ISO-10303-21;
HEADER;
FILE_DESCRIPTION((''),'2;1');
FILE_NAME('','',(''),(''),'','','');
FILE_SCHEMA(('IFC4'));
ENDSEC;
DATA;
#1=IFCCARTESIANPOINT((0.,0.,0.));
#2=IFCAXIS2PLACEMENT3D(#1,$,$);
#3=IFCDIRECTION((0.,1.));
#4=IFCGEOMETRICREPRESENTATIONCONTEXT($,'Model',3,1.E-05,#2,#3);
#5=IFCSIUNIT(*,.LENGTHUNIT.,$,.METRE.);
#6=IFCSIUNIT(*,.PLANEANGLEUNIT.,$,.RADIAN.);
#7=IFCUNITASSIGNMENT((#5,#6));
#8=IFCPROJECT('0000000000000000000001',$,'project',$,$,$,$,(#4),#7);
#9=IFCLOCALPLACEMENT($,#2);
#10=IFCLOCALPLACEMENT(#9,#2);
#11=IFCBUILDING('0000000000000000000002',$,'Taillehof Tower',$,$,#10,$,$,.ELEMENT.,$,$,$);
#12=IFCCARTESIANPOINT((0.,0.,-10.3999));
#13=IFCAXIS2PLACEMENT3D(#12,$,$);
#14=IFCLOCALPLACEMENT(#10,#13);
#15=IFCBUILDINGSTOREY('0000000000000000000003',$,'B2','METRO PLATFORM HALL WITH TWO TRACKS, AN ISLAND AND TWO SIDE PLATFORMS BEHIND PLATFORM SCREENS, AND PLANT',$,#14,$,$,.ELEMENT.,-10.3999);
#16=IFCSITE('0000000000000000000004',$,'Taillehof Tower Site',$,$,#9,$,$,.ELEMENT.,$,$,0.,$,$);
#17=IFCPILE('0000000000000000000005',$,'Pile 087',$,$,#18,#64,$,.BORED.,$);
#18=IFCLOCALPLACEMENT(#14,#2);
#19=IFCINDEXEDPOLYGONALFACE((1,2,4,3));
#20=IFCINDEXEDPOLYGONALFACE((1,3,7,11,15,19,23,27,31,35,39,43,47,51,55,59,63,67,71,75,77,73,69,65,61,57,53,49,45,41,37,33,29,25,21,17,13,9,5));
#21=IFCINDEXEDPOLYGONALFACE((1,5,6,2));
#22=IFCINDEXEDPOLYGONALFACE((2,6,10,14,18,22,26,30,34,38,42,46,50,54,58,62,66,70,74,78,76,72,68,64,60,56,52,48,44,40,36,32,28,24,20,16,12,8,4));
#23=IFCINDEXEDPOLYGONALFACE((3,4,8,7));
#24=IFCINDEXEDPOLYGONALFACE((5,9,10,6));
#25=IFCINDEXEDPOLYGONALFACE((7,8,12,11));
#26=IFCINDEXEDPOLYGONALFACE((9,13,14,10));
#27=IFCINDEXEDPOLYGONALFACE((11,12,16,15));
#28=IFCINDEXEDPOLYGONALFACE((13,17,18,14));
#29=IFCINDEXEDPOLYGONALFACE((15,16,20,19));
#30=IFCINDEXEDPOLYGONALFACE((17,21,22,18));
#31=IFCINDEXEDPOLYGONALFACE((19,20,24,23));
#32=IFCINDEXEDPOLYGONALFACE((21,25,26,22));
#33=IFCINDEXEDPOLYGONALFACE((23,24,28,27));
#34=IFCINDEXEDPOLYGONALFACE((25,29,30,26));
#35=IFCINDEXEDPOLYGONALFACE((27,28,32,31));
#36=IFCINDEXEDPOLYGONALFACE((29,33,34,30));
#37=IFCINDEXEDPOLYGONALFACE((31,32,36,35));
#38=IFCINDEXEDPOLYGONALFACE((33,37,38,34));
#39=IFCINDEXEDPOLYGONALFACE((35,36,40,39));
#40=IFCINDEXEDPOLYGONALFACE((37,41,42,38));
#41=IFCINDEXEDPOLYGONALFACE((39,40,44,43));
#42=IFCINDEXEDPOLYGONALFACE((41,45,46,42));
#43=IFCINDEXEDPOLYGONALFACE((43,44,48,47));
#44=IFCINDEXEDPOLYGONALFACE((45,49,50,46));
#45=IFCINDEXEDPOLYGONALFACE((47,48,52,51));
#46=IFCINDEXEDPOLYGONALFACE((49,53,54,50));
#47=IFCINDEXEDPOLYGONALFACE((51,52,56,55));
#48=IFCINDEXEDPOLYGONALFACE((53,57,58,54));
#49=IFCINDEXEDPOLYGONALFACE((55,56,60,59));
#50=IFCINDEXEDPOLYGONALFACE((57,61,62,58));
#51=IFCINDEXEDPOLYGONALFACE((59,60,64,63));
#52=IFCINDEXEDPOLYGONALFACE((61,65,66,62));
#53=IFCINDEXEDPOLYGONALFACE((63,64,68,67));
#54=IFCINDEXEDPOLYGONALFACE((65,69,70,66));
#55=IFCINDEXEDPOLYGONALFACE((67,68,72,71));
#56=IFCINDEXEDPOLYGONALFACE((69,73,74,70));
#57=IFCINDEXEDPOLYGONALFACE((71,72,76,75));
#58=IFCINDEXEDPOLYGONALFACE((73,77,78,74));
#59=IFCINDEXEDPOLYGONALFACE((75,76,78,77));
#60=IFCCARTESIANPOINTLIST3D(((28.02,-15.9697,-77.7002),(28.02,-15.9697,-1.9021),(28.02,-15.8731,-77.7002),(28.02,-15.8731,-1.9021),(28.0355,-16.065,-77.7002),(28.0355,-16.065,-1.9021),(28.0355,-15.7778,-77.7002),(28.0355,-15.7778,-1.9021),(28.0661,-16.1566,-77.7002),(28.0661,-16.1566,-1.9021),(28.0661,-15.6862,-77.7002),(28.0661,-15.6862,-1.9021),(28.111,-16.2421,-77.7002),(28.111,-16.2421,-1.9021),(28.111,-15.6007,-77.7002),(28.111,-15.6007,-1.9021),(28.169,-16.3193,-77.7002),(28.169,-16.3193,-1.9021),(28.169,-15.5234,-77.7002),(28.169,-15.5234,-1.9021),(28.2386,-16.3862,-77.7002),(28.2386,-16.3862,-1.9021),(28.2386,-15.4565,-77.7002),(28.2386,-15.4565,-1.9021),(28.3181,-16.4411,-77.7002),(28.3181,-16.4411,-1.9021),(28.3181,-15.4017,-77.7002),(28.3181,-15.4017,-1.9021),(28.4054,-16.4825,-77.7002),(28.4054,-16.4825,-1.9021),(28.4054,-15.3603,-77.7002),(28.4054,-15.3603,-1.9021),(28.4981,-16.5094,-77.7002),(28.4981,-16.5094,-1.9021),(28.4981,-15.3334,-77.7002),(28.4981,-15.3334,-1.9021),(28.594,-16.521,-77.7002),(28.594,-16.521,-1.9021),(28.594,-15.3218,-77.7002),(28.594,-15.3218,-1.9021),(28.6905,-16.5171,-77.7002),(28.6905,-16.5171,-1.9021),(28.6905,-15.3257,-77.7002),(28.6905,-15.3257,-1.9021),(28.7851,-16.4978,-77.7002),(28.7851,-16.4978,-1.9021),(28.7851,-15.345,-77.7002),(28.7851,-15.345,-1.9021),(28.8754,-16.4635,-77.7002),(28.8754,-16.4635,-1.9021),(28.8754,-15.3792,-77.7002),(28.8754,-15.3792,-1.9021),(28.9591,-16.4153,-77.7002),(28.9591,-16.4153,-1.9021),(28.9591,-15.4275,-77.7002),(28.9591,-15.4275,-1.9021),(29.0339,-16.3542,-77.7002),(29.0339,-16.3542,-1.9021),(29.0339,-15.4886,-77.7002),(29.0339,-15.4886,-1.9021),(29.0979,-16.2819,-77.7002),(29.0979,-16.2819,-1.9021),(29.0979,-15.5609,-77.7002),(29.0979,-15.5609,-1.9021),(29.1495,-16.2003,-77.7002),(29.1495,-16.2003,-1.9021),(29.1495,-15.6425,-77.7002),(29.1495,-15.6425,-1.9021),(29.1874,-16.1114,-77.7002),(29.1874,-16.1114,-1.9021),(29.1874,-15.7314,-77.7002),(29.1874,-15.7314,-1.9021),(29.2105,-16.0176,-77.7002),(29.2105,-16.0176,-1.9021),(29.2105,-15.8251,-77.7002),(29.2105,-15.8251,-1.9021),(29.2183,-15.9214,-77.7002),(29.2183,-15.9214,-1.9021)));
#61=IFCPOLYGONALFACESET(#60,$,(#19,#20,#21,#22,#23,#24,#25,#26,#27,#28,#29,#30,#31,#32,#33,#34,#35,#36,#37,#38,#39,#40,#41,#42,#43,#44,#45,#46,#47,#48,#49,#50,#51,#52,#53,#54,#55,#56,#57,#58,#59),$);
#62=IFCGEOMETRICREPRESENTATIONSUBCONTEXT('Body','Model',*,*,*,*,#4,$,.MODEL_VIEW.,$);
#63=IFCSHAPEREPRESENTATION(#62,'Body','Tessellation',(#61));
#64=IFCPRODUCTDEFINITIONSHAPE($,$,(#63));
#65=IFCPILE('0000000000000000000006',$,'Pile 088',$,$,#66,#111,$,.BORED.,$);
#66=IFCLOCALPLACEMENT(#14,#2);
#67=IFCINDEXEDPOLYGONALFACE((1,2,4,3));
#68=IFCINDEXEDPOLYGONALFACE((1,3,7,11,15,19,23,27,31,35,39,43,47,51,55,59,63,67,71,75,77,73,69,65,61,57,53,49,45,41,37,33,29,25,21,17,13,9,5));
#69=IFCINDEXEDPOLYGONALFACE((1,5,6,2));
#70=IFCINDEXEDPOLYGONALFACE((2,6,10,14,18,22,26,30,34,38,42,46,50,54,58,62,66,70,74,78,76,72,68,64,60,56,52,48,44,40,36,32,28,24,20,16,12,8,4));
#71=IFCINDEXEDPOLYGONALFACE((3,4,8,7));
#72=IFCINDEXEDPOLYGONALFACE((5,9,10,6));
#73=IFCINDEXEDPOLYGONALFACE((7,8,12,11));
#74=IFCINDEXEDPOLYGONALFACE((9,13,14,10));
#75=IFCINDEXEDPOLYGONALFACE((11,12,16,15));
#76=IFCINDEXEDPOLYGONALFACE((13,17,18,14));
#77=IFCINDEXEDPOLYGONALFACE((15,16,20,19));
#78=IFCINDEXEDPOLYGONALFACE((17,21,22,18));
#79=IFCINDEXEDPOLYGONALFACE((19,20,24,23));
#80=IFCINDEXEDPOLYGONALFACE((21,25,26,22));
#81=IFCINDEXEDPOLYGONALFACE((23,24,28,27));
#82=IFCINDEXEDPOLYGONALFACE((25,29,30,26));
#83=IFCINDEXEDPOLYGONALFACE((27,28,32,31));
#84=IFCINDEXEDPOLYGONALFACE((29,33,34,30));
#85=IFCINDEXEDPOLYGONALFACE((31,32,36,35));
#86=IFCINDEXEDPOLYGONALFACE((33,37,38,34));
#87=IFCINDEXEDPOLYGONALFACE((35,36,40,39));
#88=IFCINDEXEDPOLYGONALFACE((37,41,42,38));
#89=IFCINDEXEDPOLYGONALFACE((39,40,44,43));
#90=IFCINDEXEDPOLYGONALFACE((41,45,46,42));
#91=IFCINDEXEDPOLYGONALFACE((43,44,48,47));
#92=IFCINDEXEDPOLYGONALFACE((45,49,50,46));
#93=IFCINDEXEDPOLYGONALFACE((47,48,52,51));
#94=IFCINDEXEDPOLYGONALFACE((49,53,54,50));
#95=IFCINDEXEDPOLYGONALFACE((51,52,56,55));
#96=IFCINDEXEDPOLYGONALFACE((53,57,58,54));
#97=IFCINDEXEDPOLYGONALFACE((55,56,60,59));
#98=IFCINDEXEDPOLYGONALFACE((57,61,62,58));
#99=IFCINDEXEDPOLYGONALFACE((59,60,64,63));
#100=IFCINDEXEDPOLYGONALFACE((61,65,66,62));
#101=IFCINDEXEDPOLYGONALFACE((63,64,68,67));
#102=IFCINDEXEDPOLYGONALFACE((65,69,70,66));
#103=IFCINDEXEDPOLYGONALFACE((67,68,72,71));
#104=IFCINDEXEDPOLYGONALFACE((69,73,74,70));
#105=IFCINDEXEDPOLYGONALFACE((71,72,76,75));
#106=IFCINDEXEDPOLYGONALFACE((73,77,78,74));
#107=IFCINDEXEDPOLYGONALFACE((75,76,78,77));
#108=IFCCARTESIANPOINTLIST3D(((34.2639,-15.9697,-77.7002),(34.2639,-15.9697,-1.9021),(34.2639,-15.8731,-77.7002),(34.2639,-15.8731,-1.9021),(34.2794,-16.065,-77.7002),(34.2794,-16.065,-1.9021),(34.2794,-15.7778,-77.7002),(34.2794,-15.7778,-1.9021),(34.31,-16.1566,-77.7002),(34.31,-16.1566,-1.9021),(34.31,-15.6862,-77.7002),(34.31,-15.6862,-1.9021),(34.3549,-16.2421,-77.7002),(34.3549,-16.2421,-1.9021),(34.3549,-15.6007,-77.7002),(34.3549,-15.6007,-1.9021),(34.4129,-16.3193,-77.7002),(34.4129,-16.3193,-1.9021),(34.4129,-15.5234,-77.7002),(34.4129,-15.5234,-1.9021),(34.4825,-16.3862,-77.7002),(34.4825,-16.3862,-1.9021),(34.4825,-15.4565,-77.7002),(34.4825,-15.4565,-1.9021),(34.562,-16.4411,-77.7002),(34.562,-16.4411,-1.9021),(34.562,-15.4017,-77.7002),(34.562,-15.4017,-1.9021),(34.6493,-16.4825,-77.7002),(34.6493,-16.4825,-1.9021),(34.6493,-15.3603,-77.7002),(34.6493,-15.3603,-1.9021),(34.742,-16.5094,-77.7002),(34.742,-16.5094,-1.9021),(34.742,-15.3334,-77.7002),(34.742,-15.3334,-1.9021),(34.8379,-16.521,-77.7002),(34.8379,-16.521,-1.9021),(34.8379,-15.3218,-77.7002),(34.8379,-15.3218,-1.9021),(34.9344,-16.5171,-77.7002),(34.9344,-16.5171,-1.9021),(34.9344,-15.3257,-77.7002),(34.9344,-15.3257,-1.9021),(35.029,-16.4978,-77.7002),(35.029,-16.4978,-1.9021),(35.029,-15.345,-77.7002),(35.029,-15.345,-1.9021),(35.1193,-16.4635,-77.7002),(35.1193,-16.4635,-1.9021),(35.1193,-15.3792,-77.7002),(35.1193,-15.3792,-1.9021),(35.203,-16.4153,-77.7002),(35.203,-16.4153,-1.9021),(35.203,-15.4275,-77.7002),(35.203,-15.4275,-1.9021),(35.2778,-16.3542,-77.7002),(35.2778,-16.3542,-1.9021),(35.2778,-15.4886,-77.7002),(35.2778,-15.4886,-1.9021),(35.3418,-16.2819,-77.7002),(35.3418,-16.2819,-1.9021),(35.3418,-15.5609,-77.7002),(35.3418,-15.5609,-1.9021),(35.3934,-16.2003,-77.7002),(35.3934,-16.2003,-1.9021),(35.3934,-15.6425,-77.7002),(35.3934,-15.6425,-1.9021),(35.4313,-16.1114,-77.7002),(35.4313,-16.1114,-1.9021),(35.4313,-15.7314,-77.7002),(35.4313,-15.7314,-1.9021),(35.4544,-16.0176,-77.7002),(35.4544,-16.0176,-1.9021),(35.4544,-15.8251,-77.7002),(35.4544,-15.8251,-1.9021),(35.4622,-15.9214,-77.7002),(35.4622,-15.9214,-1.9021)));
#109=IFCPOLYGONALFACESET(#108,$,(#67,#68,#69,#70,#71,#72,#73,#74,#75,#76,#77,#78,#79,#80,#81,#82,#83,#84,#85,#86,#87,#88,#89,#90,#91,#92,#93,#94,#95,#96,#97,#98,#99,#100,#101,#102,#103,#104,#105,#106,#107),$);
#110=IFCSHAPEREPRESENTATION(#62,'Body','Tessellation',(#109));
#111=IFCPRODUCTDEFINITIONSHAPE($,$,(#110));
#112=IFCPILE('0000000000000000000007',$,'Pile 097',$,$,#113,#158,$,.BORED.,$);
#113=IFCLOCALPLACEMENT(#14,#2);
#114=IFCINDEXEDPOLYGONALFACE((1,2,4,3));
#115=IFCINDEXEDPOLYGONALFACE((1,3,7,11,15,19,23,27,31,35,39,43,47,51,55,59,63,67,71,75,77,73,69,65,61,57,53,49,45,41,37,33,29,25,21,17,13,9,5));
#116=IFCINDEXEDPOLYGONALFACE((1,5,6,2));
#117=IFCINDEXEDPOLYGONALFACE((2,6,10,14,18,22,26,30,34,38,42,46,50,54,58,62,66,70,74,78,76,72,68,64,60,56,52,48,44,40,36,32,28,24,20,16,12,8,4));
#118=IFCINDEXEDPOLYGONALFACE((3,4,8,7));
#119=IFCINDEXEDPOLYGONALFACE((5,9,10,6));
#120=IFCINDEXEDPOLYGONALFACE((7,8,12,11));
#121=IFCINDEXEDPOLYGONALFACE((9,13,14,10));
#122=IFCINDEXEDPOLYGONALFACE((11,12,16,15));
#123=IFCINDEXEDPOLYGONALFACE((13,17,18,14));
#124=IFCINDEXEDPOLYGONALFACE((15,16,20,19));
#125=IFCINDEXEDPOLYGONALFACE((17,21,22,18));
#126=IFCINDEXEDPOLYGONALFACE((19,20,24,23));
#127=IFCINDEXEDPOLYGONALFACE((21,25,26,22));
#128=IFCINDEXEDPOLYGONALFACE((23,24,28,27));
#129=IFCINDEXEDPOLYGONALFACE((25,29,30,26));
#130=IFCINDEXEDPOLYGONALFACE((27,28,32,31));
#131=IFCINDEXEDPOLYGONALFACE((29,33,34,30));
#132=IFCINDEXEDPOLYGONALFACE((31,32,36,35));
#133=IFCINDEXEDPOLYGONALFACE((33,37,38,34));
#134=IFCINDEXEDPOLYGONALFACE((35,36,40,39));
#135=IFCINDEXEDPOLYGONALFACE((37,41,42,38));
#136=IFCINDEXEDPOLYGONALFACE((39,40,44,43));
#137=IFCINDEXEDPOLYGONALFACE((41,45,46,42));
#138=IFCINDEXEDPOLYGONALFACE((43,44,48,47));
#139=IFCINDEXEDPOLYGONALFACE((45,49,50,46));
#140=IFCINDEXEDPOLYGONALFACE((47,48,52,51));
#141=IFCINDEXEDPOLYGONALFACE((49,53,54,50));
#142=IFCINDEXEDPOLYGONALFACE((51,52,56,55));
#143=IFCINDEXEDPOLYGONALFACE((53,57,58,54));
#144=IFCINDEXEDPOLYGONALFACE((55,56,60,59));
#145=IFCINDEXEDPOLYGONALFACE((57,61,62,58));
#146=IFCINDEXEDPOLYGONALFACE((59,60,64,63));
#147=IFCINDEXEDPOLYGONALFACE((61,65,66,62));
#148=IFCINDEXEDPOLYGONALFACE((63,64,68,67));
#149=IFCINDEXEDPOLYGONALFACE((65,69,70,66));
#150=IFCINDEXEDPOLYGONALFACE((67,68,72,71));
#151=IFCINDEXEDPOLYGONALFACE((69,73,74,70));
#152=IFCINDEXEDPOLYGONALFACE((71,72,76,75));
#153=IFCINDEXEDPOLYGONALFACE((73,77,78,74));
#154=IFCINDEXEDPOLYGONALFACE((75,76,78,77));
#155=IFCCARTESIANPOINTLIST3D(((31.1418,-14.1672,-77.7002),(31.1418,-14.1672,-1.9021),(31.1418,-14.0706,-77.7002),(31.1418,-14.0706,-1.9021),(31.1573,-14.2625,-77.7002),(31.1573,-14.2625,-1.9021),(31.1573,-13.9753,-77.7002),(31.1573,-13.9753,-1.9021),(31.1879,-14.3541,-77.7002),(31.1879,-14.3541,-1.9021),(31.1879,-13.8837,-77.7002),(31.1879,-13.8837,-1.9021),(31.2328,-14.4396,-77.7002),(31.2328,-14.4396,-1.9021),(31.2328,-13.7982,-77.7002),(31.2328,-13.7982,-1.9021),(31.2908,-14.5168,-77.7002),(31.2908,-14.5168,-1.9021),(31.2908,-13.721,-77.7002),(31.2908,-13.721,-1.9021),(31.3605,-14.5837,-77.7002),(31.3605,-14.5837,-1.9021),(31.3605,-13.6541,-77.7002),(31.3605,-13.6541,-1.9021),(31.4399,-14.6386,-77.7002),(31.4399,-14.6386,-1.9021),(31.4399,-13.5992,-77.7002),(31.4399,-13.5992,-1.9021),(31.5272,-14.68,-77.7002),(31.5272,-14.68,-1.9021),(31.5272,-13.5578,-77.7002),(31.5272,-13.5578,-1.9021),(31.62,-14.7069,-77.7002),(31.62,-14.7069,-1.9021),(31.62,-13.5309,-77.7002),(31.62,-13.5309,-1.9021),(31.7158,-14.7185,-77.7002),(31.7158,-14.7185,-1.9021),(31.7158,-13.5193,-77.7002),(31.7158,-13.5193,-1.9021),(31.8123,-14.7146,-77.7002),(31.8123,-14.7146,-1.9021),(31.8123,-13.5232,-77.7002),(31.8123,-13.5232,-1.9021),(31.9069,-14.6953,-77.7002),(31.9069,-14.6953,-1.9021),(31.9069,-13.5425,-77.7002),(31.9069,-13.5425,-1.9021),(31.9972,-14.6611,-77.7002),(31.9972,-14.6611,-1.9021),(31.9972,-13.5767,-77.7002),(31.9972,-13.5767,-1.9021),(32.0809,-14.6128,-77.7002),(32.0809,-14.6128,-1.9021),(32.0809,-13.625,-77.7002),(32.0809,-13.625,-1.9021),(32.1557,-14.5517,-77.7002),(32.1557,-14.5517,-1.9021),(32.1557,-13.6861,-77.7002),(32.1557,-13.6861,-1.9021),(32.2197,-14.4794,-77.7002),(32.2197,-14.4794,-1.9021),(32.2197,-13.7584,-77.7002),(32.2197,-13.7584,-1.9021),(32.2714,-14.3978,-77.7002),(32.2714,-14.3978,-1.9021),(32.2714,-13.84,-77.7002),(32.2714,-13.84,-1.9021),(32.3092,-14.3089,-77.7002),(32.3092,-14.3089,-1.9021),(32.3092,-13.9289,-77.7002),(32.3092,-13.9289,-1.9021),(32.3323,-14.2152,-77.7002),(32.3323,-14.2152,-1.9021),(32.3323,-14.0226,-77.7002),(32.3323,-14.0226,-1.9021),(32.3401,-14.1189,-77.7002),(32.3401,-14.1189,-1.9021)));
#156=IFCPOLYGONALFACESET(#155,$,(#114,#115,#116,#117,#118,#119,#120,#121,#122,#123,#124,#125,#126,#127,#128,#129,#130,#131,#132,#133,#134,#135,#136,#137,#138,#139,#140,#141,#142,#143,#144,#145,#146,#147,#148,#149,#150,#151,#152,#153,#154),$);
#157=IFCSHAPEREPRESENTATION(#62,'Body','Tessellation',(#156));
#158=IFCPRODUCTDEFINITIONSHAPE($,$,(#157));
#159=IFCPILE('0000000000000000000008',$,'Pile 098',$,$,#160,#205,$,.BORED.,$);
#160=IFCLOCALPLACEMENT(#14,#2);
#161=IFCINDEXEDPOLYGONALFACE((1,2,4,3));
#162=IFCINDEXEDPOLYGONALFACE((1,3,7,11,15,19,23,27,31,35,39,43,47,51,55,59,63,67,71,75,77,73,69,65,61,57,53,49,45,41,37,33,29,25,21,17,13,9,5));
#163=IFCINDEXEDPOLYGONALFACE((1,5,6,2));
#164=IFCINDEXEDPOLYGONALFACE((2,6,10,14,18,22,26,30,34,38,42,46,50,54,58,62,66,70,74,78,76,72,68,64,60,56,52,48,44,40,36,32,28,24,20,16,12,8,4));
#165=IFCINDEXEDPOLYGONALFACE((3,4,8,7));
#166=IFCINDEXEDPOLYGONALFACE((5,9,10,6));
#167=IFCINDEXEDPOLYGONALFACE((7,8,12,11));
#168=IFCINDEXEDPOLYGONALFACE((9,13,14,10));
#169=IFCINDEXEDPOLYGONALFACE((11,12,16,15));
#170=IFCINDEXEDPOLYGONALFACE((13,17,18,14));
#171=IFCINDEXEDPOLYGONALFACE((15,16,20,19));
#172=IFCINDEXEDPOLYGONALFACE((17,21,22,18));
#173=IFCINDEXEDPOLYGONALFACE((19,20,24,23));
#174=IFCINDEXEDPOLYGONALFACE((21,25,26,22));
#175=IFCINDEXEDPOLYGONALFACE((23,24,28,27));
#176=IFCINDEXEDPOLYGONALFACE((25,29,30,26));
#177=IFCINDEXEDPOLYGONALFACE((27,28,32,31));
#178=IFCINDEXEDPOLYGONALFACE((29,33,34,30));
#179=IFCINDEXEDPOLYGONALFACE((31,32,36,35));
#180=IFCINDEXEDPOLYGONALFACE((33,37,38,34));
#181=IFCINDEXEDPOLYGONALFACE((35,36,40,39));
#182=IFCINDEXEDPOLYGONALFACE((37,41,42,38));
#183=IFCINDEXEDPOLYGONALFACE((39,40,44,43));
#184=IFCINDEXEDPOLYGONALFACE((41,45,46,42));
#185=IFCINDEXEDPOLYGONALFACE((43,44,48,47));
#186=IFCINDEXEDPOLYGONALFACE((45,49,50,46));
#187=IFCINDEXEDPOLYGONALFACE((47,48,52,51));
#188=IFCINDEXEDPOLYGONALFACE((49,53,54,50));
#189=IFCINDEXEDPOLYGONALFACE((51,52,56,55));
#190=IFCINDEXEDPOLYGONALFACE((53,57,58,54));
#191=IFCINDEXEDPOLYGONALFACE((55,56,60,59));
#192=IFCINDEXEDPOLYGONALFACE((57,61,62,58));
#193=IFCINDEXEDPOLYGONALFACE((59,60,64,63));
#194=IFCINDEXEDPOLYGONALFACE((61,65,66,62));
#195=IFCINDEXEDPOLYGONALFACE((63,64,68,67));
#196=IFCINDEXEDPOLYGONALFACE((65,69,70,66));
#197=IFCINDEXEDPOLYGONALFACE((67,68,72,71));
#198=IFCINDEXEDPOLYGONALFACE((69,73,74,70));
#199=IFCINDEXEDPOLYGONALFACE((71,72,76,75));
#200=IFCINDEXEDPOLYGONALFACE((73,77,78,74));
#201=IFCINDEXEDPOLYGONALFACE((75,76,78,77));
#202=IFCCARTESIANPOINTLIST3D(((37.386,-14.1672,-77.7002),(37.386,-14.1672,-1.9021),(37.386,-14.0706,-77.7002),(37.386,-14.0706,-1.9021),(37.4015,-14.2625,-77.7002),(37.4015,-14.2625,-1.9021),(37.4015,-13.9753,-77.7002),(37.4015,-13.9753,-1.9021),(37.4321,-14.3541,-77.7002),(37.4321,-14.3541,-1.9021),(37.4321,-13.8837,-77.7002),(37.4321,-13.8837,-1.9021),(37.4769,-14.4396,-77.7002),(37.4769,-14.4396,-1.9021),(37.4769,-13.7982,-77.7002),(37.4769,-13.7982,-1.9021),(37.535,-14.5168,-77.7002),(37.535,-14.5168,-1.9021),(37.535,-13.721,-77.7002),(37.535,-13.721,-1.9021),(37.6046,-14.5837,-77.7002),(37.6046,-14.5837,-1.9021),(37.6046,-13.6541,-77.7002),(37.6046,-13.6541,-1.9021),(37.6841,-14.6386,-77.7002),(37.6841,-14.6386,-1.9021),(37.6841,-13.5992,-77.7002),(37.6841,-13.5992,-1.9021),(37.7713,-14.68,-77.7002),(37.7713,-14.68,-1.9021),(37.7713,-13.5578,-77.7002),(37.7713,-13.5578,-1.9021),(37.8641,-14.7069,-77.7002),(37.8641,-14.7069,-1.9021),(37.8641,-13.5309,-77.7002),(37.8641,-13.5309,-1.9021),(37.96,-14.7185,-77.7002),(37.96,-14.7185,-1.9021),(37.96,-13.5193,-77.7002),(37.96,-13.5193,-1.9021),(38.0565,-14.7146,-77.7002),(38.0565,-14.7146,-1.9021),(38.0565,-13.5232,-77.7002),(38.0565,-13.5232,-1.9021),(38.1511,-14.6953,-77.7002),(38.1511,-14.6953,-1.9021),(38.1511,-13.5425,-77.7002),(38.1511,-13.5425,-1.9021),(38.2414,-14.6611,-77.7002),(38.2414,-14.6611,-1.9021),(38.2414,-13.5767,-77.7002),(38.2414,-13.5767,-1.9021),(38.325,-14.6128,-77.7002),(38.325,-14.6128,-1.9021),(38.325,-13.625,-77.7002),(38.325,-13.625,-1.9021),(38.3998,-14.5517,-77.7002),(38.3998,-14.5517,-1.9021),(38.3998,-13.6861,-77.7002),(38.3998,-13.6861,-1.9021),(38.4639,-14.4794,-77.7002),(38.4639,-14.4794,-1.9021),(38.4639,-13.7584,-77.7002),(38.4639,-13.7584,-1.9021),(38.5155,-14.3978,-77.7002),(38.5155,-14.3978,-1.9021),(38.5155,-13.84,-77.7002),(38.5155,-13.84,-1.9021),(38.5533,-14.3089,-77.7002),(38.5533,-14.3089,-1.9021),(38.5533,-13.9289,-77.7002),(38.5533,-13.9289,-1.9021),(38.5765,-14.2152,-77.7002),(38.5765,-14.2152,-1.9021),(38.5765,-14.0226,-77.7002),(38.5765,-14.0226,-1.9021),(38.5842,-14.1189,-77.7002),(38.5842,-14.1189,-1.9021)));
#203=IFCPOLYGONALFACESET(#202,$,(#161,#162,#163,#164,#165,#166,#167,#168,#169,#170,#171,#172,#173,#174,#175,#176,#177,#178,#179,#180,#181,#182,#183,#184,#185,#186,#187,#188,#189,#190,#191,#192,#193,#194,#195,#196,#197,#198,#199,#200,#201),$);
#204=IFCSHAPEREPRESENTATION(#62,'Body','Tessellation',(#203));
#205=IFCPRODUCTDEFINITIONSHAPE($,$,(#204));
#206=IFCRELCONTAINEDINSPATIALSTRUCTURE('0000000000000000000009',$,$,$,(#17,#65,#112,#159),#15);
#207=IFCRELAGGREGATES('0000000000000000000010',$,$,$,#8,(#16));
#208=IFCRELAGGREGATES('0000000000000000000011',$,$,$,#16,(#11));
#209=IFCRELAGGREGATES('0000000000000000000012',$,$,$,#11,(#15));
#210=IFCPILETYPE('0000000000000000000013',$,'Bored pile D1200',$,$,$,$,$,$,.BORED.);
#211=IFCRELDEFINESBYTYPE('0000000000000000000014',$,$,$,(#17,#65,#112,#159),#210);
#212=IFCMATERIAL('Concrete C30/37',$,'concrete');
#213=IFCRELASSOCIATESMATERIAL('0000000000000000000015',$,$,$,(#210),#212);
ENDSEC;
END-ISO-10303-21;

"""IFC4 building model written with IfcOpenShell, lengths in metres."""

from ifc_helpers import new_model, si_unit, direction, frame, origin, origin_2d, place, context, subcontext, project, spatial, circle, extrude, material, material_profile, profile_set, type_object, element, save


model = new_model("IFC4")

# Units and contexts
model_context = context("Model", 3, precision=1e-05, world=origin(), true_north=direction((0.0, 1.0)))
body_context = subcontext(model_context, "Body", "Model", "MODEL_VIEW")
ifc_project = project(units=[si_unit("LENGTHUNIT", "METRE"), si_unit("PLANEANGLEUNIT", "RADIAN")], contexts=[model_context])

# Site, building, storey
site_placement = place(None, origin())
site = spatial("IfcSite", under=ifc_project, at=site_placement, Name="Taillehof Tower Site", CompositionType="ELEMENT", RefElevation=0.0)
building_placement = place(site_placement, origin())
building = spatial("IfcBuilding", under=site, at=building_placement, Name="Taillehof Tower", CompositionType="ELEMENT")
storey_placement = place(building_placement, frame((0.0, 0.0, -10.3999)))
storey = spatial("IfcBuildingStorey", under=building, at=storey_placement, Name="B2", Description="METRO PLATFORM HALL WITH TWO TRACKS, AN ISLAND AND TWO SIDE PLATFORMS BEHIND PLATFORM SCREENS, AND PLANT", CompositionType="ELEMENT", Elevation=-10.3999)

# Piles
ifc_material_1 = material(Name="Concrete C30/37", Category="concrete")
ifc_material_profile_1 = material_profile(ifc_material_1, circle(Radius=0.6001, at=origin_2d()), Name="BP D1200")
ifc_profile_set_1 = profile_set([ifc_material_profile_1], Name="Concrete C30/37")
pile_type = type_object("IfcPileType", Name="Bored pile D1200", PredefinedType="BORED", material=ifc_profile_set_1)
for number, where, z_axis, x_axis, name in (
    (1, (28.6182, -15.9214, -1.9021), (0.0, 0.0, -1.0), (1.0, 0.0, 0.0), "Pile 087"),
    (2, (34.8621, -15.9214, -1.9021), (0.0, 0.0, -1.0), (1.0, 0.0, 0.0), "Pile 088"),
    (3, (31.74, -14.1189, -1.9021), (0.0, 0.0, -1.0), (1.0, 0.0, 0.0), "Pile 097"),
    (4, (37.9841, -14.1189, -1.9021), (0.0, 0.0, -1.0), (1.0, 0.0, 0.0), "Pile 098"),
):
    element("IfcPile", number, at=place(storey_placement, frame(where, z_axis=z_axis, x_axis=x_axis)), inside=storey, type_object=pile_type, Name=name, PredefinedType="BORED", context=body_context, shape_type="SweptSolid", body=[
        extrude(circle(Radius=0.6001, at=origin_2d()), origin(), (0.0, 0.0, 1.0), 75.7981),
    ])

save(model, "model.ifc")
